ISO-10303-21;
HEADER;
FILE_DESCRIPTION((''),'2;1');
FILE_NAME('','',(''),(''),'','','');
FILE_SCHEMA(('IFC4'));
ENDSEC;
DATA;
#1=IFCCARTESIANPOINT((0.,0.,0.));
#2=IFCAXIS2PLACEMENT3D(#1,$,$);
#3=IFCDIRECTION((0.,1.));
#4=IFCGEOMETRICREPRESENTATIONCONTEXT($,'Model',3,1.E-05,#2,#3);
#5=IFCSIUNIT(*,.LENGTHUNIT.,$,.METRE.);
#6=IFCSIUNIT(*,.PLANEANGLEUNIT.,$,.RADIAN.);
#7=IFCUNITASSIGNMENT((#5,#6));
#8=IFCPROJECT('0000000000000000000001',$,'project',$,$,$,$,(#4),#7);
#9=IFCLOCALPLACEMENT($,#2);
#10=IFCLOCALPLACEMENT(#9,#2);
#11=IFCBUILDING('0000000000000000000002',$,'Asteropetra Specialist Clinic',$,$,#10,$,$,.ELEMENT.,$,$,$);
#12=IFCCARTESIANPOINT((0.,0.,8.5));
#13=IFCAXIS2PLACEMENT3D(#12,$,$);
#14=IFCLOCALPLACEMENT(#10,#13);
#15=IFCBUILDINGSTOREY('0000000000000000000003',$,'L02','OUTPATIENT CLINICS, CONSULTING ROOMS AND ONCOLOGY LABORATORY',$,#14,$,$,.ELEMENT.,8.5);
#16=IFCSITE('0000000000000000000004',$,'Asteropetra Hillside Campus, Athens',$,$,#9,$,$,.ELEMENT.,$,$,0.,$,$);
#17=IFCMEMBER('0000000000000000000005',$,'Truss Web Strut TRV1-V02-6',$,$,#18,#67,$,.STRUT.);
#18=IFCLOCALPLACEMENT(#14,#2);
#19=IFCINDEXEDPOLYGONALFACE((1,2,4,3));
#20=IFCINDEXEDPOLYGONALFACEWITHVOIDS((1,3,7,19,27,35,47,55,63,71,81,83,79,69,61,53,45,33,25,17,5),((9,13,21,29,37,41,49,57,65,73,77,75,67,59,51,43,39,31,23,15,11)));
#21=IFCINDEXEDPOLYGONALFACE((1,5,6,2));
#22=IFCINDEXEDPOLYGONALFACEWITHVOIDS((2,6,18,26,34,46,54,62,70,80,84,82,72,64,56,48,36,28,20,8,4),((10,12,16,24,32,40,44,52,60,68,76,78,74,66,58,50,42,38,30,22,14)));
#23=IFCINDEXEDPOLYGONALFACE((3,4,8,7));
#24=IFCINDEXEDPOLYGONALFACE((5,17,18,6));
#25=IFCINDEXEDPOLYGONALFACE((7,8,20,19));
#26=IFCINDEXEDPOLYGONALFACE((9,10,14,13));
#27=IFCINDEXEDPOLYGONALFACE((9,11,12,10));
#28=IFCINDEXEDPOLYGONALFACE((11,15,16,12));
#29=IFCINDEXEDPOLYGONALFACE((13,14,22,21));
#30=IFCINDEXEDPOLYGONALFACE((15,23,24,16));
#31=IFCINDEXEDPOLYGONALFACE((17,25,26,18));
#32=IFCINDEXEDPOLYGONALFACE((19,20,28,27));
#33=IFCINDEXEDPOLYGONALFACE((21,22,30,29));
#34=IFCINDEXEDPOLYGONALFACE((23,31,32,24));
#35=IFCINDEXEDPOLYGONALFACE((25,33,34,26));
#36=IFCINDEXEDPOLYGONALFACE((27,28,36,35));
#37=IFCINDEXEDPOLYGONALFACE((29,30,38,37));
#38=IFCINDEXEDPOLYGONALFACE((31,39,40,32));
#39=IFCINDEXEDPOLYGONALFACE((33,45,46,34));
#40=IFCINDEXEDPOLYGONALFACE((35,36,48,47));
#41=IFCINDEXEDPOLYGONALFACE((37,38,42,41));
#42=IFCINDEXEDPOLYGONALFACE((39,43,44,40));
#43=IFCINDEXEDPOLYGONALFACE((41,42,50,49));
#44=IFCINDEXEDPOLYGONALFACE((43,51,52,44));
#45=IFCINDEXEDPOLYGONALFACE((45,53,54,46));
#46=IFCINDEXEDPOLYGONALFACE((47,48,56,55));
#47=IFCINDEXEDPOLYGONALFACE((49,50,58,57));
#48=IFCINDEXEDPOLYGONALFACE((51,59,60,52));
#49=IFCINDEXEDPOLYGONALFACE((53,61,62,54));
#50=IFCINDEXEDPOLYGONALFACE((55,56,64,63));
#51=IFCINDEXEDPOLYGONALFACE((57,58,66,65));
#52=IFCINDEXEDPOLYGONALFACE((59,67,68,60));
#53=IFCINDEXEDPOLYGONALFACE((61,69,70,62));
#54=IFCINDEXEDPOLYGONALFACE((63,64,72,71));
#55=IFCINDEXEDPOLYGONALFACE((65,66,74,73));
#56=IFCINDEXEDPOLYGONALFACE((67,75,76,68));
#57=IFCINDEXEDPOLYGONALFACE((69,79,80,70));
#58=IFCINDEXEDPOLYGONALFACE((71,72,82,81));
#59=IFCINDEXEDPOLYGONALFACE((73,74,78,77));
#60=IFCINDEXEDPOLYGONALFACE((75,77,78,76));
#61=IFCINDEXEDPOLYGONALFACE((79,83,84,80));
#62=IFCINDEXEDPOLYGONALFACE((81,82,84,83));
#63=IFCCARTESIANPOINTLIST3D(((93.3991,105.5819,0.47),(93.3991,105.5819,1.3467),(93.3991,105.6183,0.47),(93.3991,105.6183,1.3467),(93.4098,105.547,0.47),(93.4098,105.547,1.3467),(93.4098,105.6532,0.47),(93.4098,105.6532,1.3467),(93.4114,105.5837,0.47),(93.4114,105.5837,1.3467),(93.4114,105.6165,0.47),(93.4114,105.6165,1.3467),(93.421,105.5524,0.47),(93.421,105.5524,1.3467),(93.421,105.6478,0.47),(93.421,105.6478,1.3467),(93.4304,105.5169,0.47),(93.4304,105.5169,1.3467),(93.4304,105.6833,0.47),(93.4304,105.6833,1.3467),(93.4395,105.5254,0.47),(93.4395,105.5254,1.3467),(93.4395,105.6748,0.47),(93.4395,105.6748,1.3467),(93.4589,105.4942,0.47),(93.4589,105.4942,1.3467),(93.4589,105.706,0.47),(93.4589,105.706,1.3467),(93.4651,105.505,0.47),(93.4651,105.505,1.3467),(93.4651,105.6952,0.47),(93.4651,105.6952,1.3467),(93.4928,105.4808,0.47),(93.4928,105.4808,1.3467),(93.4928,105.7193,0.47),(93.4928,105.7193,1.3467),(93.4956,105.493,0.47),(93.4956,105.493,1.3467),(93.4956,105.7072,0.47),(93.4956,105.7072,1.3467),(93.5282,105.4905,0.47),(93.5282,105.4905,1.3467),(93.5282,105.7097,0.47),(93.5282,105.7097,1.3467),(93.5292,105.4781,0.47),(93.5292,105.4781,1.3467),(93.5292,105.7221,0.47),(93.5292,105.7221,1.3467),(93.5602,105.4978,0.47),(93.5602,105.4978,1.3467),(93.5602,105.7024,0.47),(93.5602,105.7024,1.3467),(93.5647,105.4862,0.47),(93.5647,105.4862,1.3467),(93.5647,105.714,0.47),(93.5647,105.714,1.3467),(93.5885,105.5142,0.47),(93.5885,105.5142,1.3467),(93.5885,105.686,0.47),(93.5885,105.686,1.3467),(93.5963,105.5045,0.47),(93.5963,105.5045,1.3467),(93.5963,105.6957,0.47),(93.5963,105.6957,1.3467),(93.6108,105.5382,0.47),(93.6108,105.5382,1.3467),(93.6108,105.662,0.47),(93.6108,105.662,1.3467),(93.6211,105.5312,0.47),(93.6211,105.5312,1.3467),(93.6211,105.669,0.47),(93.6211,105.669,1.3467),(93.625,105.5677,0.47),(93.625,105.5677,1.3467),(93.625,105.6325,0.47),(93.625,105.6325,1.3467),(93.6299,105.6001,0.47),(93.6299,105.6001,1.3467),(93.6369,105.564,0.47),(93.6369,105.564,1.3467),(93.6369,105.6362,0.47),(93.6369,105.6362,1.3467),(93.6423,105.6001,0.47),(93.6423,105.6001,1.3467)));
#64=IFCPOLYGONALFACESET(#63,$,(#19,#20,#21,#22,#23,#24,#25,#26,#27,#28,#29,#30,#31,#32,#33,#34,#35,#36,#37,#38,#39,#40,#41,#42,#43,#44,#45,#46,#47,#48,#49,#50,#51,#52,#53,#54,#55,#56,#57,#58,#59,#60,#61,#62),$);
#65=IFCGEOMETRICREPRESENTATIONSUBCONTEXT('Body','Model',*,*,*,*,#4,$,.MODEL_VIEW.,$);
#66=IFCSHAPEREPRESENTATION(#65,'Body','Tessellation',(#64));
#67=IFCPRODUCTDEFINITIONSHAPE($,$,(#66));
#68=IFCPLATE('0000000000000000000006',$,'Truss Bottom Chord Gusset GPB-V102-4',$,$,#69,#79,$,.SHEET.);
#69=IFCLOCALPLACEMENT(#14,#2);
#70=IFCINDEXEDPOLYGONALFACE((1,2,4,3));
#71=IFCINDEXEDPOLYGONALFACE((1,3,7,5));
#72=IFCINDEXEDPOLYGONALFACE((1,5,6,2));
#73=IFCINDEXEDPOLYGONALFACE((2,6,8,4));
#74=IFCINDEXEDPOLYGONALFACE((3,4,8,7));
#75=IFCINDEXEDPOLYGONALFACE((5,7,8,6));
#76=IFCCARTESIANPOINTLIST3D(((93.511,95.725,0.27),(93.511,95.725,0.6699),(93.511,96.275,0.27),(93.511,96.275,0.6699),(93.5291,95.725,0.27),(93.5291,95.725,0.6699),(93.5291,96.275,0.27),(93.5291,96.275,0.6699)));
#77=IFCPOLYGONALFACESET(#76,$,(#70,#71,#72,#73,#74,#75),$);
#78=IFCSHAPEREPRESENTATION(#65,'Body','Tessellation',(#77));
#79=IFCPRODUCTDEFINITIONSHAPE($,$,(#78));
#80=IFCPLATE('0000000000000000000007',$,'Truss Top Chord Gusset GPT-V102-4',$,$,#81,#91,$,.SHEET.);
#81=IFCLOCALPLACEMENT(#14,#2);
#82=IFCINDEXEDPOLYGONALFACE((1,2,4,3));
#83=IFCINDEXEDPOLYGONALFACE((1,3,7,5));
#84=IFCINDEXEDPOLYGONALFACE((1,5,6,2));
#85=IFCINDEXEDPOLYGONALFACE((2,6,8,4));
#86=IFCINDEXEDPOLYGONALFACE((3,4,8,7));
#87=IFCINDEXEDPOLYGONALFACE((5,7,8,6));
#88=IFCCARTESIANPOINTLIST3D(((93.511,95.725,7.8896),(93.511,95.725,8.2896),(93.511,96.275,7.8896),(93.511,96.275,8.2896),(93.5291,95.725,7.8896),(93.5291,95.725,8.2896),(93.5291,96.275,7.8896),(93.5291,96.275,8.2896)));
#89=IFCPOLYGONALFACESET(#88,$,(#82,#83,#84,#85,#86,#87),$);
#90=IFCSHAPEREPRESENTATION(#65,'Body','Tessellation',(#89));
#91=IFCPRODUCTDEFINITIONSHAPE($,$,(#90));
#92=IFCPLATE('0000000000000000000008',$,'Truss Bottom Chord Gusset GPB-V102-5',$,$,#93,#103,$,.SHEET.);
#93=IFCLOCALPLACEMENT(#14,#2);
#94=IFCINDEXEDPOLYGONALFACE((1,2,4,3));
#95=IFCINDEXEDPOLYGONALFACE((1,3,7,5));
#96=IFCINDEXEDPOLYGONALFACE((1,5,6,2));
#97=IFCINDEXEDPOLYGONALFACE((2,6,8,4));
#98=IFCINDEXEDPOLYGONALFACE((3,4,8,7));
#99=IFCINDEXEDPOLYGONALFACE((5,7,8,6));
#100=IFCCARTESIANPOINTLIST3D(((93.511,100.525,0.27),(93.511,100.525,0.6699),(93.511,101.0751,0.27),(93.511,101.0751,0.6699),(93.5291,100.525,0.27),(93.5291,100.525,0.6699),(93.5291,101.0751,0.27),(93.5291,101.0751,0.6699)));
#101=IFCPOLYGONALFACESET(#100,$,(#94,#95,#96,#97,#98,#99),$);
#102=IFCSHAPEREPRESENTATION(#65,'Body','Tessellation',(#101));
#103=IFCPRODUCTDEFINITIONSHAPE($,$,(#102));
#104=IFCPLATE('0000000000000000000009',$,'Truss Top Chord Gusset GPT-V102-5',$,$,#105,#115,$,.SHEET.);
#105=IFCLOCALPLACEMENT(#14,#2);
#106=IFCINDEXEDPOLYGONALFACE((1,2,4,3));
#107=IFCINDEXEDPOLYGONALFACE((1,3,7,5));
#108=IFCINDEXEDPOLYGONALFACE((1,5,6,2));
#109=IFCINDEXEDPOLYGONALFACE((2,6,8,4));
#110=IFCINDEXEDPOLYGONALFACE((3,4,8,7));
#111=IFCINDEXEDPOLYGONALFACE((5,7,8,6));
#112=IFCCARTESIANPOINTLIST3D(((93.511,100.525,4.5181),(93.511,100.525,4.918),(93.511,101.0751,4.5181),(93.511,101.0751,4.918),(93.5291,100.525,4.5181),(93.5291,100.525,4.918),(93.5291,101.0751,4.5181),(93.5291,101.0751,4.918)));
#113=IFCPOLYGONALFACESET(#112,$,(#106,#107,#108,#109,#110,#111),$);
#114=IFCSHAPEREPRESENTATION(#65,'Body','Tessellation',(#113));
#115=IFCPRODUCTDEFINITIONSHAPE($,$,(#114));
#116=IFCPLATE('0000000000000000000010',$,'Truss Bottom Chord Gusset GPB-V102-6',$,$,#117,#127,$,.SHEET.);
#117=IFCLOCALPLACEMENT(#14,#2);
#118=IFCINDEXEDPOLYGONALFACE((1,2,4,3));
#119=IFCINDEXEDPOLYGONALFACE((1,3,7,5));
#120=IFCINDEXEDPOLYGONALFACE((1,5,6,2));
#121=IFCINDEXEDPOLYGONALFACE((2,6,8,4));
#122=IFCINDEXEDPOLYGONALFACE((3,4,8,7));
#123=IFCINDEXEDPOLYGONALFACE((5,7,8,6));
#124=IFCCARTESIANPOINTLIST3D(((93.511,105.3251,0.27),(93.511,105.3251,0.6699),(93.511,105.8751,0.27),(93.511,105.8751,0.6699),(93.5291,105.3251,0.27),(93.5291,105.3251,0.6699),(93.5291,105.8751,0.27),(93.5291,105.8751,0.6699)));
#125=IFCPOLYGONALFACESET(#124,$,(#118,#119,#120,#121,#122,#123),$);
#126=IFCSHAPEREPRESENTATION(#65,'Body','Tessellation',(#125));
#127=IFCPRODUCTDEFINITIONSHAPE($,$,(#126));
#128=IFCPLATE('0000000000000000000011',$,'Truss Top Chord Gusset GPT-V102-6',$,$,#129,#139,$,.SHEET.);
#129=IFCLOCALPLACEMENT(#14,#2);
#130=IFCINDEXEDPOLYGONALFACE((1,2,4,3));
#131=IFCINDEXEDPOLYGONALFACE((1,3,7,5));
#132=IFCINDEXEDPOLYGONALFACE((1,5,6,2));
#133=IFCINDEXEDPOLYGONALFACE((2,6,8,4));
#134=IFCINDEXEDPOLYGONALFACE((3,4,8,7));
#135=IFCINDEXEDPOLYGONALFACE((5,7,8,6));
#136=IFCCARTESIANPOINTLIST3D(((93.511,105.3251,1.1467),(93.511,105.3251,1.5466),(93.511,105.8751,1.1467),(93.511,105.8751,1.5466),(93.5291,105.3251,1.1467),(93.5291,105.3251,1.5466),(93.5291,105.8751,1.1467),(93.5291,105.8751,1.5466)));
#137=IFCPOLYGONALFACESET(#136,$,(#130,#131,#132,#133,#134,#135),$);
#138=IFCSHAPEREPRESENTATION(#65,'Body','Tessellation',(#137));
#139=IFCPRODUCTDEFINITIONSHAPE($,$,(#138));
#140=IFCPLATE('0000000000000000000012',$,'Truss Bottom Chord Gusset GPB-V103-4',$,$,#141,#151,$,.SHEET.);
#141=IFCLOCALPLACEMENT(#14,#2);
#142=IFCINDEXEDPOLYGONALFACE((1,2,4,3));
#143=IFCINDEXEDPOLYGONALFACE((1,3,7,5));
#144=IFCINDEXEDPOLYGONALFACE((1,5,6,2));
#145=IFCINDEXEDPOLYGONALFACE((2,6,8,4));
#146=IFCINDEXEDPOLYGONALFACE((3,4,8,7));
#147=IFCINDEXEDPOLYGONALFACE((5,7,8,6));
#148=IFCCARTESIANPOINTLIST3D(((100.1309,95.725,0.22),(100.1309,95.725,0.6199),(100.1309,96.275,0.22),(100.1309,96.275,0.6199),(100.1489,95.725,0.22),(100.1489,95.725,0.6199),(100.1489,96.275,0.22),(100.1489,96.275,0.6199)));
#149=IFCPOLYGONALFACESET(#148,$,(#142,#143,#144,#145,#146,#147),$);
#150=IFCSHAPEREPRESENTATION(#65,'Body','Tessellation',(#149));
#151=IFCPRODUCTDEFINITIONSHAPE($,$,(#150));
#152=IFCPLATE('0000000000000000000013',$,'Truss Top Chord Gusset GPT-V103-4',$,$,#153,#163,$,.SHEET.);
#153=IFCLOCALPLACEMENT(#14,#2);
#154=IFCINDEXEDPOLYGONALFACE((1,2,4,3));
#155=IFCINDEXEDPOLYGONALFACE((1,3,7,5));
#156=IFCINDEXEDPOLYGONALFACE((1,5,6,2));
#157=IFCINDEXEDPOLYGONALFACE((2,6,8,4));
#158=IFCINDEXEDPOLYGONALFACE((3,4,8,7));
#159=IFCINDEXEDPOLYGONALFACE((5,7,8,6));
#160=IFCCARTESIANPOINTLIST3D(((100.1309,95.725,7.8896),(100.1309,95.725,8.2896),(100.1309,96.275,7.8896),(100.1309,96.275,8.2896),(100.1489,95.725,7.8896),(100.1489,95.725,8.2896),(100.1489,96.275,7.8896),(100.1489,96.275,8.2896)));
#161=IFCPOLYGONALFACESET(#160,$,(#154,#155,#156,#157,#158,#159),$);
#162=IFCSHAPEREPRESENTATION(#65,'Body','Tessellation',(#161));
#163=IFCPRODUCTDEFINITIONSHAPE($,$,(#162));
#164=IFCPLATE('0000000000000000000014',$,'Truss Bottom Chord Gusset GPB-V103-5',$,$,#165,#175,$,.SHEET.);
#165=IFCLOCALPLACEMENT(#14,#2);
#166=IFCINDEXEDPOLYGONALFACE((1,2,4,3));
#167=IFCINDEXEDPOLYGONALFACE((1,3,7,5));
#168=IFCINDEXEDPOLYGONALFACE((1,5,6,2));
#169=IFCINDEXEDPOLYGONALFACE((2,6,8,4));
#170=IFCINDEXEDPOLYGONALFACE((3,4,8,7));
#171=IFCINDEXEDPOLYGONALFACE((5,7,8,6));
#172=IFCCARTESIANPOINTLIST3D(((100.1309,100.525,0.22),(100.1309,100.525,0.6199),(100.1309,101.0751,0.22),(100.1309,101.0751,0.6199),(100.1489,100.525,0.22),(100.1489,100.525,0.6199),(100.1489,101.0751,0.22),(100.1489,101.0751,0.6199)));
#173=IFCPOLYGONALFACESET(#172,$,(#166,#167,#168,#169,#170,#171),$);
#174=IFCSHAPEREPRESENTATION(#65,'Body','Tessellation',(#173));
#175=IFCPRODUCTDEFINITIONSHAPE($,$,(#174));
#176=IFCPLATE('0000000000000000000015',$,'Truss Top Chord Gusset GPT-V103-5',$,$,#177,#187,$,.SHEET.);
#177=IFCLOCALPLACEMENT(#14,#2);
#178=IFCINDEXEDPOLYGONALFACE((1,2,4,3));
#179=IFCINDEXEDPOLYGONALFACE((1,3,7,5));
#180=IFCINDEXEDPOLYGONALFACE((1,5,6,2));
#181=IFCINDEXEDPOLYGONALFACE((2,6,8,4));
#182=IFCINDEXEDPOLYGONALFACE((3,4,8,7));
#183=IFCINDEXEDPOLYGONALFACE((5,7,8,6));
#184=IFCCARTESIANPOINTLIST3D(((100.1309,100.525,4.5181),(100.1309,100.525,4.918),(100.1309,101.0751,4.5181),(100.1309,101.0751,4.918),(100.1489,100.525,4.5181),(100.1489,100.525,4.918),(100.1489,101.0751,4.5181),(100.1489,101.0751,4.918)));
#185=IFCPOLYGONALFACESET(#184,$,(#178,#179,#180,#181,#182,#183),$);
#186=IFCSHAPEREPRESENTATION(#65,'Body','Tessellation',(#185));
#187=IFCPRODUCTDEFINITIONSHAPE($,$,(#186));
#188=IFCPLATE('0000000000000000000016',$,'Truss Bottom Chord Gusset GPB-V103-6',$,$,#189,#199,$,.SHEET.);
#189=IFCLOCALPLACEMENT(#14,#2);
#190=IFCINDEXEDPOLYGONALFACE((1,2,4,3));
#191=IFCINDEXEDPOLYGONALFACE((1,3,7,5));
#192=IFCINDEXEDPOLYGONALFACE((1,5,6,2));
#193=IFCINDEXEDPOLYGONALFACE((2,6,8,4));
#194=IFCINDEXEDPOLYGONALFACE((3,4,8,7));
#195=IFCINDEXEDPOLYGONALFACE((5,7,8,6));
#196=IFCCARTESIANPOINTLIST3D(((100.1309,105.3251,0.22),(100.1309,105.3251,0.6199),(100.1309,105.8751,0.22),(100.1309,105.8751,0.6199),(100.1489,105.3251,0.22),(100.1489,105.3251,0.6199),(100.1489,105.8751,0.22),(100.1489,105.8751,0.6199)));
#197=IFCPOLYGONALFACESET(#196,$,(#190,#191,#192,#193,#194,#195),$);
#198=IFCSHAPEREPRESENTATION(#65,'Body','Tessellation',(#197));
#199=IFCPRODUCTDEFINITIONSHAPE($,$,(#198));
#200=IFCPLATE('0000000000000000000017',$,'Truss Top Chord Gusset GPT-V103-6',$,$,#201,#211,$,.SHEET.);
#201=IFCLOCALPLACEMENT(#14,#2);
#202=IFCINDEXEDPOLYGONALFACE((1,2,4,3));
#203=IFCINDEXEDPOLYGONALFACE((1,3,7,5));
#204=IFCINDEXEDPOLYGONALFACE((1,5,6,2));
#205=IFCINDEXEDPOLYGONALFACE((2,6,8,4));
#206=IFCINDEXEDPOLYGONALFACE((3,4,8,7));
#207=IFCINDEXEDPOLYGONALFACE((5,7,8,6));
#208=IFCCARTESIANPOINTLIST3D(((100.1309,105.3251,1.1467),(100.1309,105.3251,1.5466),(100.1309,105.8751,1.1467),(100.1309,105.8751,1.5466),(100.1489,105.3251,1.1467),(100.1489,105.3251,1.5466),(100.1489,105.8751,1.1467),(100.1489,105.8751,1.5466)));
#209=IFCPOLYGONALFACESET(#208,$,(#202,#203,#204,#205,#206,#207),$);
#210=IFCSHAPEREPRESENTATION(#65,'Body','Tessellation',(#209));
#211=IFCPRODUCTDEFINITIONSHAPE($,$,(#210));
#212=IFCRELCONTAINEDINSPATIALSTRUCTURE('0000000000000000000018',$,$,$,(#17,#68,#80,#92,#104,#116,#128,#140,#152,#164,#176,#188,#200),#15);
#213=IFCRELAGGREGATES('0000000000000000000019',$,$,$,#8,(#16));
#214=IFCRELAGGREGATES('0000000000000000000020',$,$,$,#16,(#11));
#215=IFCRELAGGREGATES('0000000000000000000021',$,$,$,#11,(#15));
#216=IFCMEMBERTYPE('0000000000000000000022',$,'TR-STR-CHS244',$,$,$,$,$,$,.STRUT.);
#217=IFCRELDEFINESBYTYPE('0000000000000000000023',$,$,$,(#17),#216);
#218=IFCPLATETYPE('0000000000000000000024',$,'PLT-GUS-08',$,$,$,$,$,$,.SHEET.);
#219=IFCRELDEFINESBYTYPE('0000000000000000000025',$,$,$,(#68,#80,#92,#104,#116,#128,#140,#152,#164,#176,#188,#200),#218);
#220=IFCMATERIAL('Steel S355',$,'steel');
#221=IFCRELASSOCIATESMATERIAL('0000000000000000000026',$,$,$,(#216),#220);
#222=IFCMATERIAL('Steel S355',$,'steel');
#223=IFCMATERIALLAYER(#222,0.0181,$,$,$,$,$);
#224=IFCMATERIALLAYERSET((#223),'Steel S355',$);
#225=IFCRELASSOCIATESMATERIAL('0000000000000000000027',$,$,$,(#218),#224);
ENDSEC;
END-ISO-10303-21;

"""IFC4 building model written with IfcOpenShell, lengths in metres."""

from ifc_helpers import new_model, si_unit, direction, frame, origin, origin_2d, place, context, subcontext, project, spatial, rectangle, hollow_circle, extrude, material, layer, layer_set, material_profile, profile_set, type_object, element, save


model = new_model("IFC4")

# Units and contexts
model_context = context("Model", 3, precision=1e-05, world=origin(), true_north=direction((0.0, 1.0)))
body_context = subcontext(model_context, "Body", "Model", "MODEL_VIEW")
ifc_project = project(units=[si_unit("LENGTHUNIT", "METRE"), si_unit("PLANEANGLEUNIT", "RADIAN")], contexts=[model_context])

# Site, building, storey
site_placement = place(None, origin())
site = spatial("IfcSite", under=ifc_project, at=site_placement, Name="Asteropetra Hillside Campus, Athens", CompositionType="ELEMENT", RefElevation=0.0)
building_placement = place(site_placement, origin())
building = spatial("IfcBuilding", under=site, at=building_placement, Name="Asteropetra Specialist Clinic", CompositionType="ELEMENT")
storey_placement = place(building_placement, frame((0.0, 0.0, 8.5)))
storey = spatial("IfcBuildingStorey", under=building, at=storey_placement, Name="L02", Description="OUTPATIENT CLINICS, CONSULTING ROOMS AND ONCOLOGY LABORATORY", CompositionType="ELEMENT", Elevation=8.5)

# Member
ifc_material_1 = material(Name="Steel S355", Category="steel")
ifc_material_profile_1 = material_profile(ifc_material_1, hollow_circle(Radius=0.1223, WallThickness=0.0125, at=origin_2d()), Name="CHS 244.5x12.5")
ifc_profile_set_1 = profile_set([ifc_material_profile_1], Name="Steel S355")
member_type_1 = type_object("IfcMemberType", Name="TR-STR-CHS244", PredefinedType="STRUT", material=ifc_profile_set_1)
member_1_placement = place(storey_placement, frame((93.52, 105.6001, 0.47), z_axis=(0.0, 0.0, 1.0), x_axis=(1.0, 0.0, 0.0)))
element("IfcMember", 1, at=member_1_placement, inside=storey, type_object=member_type_1, Name="Truss Web Strut TRV1-V02-6", PredefinedType="STRUT", context=body_context, shape_type="SweptSolid", body=[
    extrude(hollow_circle(Radius=0.1223, WallThickness=0.0125, at=origin_2d()), origin(), (0.0, 0.0, 1.0), 0.8767),
])

# Plates
ifc_material_2 = material(Name="Steel S355", Category="steel")
ifc_layer = layer(ifc_material_2, 0.0181)
ifc_layer_set = layer_set([ifc_layer], Name="Steel S355")
plate_type = type_object("IfcPlateType", Name="PLT-GUS-08", PredefinedType="SHEET", material=ifc_layer_set)
for number, where, z_axis, x_axis, name in (
    (2, (93.52, 96.0, 0.27), (0.0, 0.0, 1.0), (1.0, 0.0, 0.0), "Truss Bottom Chord Gusset GPB-V102-4"),
    (3, (93.52, 96.0, 7.8896), (0.0, 0.0, 1.0), (1.0, 0.0, 0.0), "Truss Top Chord Gusset GPT-V102-4"),
    (4, (93.52, 100.8, 0.27), (0.0, 0.0, 1.0), (1.0, 0.0, 0.0), "Truss Bottom Chord Gusset GPB-V102-5"),
    (5, (93.52, 100.8, 4.5181), (0.0, 0.0, 1.0), (1.0, 0.0, 0.0), "Truss Top Chord Gusset GPT-V102-5"),
    (6, (93.52, 105.6001, 0.27), (0.0, 0.0, 1.0), (1.0, 0.0, 0.0), "Truss Bottom Chord Gusset GPB-V102-6"),
    (7, (93.52, 105.6001, 1.1467), (0.0, 0.0, 1.0), (1.0, 0.0, 0.0), "Truss Top Chord Gusset GPT-V102-6"),
    (8, (100.1399, 96.0, 0.22), (0.0, 0.0, 1.0), (1.0, 0.0, 0.0), "Truss Bottom Chord Gusset GPB-V103-4"),
    (9, (100.1399, 96.0, 7.8896), (0.0, 0.0, 1.0), (1.0, 0.0, 0.0), "Truss Top Chord Gusset GPT-V103-4"),
    (10, (100.1399, 100.8, 0.22), (0.0, 0.0, 1.0), (1.0, 0.0, 0.0), "Truss Bottom Chord Gusset GPB-V103-5"),
    (11, (100.1399, 100.8, 4.5181), (0.0, 0.0, 1.0), (1.0, 0.0, 0.0), "Truss Top Chord Gusset GPT-V103-5"),
    (12, (100.1399, 105.6001, 0.22), (0.0, 0.0, 1.0), (1.0, 0.0, 0.0), "Truss Bottom Chord Gusset GPB-V103-6"),
    (13, (100.1399, 105.6001, 1.1467), (0.0, 0.0, 1.0), (1.0, 0.0, 0.0), "Truss Top Chord Gusset GPT-V103-6"),
):
    element("IfcPlate", number, at=place(storey_placement, frame(where, z_axis=z_axis, x_axis=x_axis)), inside=storey, type_object=plate_type, Name=name, PredefinedType="SHEET", context=body_context, shape_type="SweptSolid", body=[
        extrude(rectangle(XDim=0.0181, YDim=0.55, at=origin_2d()), origin(), (0.0, 0.0, 1.0), 0.3999),
    ])

save(model, "model.ifc")
